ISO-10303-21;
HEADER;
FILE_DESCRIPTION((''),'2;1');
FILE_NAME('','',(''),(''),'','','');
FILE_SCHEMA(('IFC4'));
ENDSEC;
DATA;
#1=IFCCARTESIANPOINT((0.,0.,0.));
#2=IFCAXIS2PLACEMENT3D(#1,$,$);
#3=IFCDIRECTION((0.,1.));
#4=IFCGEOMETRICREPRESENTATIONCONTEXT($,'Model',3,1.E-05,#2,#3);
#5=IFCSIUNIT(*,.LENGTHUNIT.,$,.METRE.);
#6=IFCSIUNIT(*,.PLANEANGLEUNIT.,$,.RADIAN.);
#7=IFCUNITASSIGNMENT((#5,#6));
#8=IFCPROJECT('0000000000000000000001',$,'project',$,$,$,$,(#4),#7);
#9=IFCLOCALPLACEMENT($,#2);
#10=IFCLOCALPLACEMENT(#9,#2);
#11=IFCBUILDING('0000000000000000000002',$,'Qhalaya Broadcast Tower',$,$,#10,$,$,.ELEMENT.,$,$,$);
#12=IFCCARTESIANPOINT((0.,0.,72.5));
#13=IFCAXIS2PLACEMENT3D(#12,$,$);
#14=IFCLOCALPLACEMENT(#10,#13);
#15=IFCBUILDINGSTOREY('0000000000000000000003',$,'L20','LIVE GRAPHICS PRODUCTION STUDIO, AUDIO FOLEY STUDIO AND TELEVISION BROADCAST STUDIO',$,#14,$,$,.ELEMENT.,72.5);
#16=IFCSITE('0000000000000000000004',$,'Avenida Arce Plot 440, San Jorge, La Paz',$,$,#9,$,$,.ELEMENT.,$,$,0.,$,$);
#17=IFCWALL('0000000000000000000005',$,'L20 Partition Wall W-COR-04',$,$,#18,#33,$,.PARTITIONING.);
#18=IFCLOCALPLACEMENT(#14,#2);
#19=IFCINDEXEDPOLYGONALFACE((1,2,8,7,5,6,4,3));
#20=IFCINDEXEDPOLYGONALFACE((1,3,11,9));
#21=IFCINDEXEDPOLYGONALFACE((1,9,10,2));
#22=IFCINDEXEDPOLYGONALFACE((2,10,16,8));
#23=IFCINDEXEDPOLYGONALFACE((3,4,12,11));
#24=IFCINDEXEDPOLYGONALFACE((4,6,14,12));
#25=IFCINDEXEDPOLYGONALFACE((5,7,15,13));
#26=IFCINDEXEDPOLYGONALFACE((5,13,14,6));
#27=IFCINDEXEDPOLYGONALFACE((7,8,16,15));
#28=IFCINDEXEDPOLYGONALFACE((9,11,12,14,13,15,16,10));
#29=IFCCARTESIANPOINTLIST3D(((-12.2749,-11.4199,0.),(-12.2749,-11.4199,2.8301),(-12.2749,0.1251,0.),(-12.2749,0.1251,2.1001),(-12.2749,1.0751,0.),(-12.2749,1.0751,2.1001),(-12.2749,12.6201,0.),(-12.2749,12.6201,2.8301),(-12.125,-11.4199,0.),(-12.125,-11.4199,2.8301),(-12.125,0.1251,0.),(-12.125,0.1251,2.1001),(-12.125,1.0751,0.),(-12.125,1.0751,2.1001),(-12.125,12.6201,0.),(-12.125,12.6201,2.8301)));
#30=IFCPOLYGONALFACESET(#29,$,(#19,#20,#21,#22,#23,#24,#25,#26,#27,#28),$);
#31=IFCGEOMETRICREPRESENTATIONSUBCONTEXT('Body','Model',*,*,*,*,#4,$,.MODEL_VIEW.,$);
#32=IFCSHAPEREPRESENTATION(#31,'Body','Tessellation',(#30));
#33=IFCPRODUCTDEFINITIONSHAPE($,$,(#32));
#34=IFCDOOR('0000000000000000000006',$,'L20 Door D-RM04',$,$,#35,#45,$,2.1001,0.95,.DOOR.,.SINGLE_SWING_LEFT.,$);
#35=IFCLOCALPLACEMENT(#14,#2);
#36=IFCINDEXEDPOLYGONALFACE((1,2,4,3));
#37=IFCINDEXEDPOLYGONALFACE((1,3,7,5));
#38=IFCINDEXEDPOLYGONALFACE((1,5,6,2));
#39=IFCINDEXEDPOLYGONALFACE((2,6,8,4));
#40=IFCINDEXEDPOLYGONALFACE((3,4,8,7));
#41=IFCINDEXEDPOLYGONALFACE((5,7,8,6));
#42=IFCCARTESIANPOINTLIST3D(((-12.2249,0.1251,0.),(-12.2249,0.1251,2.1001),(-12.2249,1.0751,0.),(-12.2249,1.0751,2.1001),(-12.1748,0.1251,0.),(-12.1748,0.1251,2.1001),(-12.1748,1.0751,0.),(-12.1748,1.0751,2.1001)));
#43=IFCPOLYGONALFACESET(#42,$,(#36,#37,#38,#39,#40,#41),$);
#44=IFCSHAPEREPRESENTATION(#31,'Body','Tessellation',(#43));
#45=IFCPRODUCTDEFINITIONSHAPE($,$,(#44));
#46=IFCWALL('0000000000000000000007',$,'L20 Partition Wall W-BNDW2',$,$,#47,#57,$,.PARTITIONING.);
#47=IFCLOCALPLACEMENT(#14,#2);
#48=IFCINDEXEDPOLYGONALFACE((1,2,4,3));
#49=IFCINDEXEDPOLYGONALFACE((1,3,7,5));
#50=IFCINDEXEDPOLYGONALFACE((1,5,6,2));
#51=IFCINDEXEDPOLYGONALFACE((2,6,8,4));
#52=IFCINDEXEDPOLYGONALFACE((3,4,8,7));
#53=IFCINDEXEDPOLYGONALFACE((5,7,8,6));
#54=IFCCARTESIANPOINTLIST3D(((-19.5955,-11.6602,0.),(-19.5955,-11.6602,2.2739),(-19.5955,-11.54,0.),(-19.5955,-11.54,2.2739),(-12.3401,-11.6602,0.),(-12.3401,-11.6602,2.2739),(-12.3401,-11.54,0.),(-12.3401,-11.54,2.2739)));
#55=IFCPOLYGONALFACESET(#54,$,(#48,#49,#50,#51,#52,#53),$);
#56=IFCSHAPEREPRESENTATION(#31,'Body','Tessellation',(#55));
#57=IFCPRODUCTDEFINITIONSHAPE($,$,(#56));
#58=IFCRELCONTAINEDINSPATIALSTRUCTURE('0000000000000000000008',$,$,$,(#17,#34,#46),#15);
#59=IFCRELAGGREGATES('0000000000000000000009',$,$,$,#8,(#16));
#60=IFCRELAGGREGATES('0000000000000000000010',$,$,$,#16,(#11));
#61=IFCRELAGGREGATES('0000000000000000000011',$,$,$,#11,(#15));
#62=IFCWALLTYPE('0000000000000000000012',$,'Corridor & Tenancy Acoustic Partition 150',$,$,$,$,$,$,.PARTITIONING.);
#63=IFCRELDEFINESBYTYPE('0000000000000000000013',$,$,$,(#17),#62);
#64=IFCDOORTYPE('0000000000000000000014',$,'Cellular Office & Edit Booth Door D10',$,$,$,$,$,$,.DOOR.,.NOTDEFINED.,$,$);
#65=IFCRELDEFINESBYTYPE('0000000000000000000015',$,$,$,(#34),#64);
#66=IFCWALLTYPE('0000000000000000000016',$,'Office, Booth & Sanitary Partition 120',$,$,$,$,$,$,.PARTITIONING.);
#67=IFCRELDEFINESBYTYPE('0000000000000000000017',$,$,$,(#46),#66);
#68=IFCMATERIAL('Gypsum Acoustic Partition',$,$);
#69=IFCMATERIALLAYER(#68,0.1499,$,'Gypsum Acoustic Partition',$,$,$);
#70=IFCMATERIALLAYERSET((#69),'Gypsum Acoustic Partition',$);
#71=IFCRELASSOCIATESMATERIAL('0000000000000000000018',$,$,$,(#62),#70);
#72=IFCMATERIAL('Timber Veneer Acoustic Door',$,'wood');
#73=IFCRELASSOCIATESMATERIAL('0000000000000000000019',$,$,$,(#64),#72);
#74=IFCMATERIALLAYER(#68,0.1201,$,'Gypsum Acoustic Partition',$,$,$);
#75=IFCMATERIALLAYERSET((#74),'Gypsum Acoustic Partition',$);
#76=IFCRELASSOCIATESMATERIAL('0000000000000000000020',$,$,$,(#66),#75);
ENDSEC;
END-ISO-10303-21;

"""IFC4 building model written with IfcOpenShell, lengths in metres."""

from ifc_helpers import new_model, si_unit, direction, frame, frame_2d, origin, place, context, subcontext, project, spatial, rectangle, extrude, material, layer, layer_set, type_object, element, fill, save


model = new_model("IFC4")

# Units and contexts
model_context = context("Model", 3, precision=1e-05, world=origin(), true_north=direction((0.0, 1.0)))
body_context = subcontext(model_context, "Body", "Model", "MODEL_VIEW")
ifc_project = project(units=[si_unit("LENGTHUNIT", "METRE"), si_unit("PLANEANGLEUNIT", "RADIAN")], contexts=[model_context])

# Site, building, storey
site_placement = place(None, origin())
site = spatial("IfcSite", under=ifc_project, at=site_placement, Name="Avenida Arce Plot 440, San Jorge, La Paz", CompositionType="ELEMENT", RefElevation=0.0)
building_placement = place(site_placement, origin())
building = spatial("IfcBuilding", under=site, at=building_placement, Name="Qhalaya Broadcast Tower", CompositionType="ELEMENT")
storey_placement = place(building_placement, frame((0.0, 0.0, 72.5)))
storey = spatial("IfcBuildingStorey", under=building, at=storey_placement, Name="L20", Description="LIVE GRAPHICS PRODUCTION STUDIO, AUDIO FOLEY STUDIO AND TELEVISION BROADCAST STUDIO", CompositionType="ELEMENT", Elevation=72.5)

# Wall, opening, door
ifc_material_1 = material(Name="Gypsum Acoustic Partition")
ifc_layer_1 = layer(ifc_material_1, 0.1499, Name="Gypsum Acoustic Partition")
ifc_layer_set_1 = layer_set([ifc_layer_1], Name="Gypsum Acoustic Partition")
wall_type_1 = type_object("IfcWallType", Name="Corridor & Tenancy Acoustic Partition 150", PredefinedType="PARTITIONING", material=ifc_layer_set_1)
ifc_material_2 = material(Name="Timber Veneer Acoustic Door", Category="wood")
door_type = type_object("IfcDoorType", Name="Cellular Office & Edit Booth Door D10", OperationType="NOTDEFINED", PredefinedType="DOOR", material=ifc_material_2)
wall_1_placement = place(storey_placement, frame((-12.2, -11.4199, 0.0), z_axis=(0.0, 0.0, 1.0), x_axis=(0.0, 1.0, 0.0)))
wall_1 = element("IfcWall", 1, at=wall_1_placement, inside=storey, type_object=wall_type_1, Name="L20 Partition Wall W-COR-04", PredefinedType="PARTITIONING", context=body_context, shape_type="SweptSolid", body=[
    extrude(rectangle(XDim=24.04, YDim=0.1499, at=frame_2d((12.02, 0.0))), origin(), (0.0, 0.0, 1.0), 2.8301),
])
opening_1_placement = place(wall_1_placement, frame((11.5449, 0.0, 0.0)))
opening_1 = element("IfcOpeningElement", 2, at=opening_1_placement, cuts=wall_1, PredefinedType="OPENING", context=body_context, shape_type="SweptSolid", body=[
    extrude(rectangle(XDim=0.95, YDim=2.1001, at=frame_2d((0.4751, 1.05))), frame((0.0, 0.0869, 0.0), z_axis=(0.0, -1.0, 0.0), x_axis=(1.0, 0.0, 0.0)), (0.0, 0.0, 1.0), 0.1738),
])
door_1_placement = place(opening_1_placement, origin())
door_1 = element("IfcDoor", 3, at=door_1_placement, inside=storey, type_object=door_type, Name="L20 Door D-RM04", OperationType="SINGLE_SWING_LEFT", OverallHeight=2.1001, OverallWidth=0.95, PredefinedType="DOOR", context=body_context, shape_type="SweptSolid", body=[
    extrude(rectangle(XDim=0.95, YDim=2.1001, at=frame_2d((0.4751, 1.05))), frame((0.0, 0.0249, 0.0), z_axis=(0.0, -1.0, 0.0), x_axis=(1.0, 0.0, 0.0)), (0.0, 0.0, 1.0), 0.05),
])
fill(opening_1, door_1)

# Wall
ifc_layer_2 = layer(ifc_material_1, 0.1201, Name="Gypsum Acoustic Partition")
ifc_layer_set_2 = layer_set([ifc_layer_2], Name="Gypsum Acoustic Partition")
wall_type_2 = type_object("IfcWallType", Name="Office, Booth & Sanitary Partition 120", PredefinedType="PARTITIONING", material=ifc_layer_set_2)
wall_2_placement = place(storey_placement, frame((-19.5955, -11.6001, 0.0), z_axis=(0.0, 0.0, 1.0), x_axis=(1.0, 0.0, 0.0)))
element("IfcWall", 4, at=wall_2_placement, inside=storey, type_object=wall_type_2, Name="L20 Partition Wall W-BNDW2", PredefinedType="PARTITIONING", context=body_context, shape_type="SweptSolid", body=[
    extrude(rectangle(XDim=7.2554, YDim=0.1201, at=frame_2d((3.6277, 0.0))), origin(), (0.0, 0.0, 1.0), 2.2739),
])

save(model, "model.ifc")
